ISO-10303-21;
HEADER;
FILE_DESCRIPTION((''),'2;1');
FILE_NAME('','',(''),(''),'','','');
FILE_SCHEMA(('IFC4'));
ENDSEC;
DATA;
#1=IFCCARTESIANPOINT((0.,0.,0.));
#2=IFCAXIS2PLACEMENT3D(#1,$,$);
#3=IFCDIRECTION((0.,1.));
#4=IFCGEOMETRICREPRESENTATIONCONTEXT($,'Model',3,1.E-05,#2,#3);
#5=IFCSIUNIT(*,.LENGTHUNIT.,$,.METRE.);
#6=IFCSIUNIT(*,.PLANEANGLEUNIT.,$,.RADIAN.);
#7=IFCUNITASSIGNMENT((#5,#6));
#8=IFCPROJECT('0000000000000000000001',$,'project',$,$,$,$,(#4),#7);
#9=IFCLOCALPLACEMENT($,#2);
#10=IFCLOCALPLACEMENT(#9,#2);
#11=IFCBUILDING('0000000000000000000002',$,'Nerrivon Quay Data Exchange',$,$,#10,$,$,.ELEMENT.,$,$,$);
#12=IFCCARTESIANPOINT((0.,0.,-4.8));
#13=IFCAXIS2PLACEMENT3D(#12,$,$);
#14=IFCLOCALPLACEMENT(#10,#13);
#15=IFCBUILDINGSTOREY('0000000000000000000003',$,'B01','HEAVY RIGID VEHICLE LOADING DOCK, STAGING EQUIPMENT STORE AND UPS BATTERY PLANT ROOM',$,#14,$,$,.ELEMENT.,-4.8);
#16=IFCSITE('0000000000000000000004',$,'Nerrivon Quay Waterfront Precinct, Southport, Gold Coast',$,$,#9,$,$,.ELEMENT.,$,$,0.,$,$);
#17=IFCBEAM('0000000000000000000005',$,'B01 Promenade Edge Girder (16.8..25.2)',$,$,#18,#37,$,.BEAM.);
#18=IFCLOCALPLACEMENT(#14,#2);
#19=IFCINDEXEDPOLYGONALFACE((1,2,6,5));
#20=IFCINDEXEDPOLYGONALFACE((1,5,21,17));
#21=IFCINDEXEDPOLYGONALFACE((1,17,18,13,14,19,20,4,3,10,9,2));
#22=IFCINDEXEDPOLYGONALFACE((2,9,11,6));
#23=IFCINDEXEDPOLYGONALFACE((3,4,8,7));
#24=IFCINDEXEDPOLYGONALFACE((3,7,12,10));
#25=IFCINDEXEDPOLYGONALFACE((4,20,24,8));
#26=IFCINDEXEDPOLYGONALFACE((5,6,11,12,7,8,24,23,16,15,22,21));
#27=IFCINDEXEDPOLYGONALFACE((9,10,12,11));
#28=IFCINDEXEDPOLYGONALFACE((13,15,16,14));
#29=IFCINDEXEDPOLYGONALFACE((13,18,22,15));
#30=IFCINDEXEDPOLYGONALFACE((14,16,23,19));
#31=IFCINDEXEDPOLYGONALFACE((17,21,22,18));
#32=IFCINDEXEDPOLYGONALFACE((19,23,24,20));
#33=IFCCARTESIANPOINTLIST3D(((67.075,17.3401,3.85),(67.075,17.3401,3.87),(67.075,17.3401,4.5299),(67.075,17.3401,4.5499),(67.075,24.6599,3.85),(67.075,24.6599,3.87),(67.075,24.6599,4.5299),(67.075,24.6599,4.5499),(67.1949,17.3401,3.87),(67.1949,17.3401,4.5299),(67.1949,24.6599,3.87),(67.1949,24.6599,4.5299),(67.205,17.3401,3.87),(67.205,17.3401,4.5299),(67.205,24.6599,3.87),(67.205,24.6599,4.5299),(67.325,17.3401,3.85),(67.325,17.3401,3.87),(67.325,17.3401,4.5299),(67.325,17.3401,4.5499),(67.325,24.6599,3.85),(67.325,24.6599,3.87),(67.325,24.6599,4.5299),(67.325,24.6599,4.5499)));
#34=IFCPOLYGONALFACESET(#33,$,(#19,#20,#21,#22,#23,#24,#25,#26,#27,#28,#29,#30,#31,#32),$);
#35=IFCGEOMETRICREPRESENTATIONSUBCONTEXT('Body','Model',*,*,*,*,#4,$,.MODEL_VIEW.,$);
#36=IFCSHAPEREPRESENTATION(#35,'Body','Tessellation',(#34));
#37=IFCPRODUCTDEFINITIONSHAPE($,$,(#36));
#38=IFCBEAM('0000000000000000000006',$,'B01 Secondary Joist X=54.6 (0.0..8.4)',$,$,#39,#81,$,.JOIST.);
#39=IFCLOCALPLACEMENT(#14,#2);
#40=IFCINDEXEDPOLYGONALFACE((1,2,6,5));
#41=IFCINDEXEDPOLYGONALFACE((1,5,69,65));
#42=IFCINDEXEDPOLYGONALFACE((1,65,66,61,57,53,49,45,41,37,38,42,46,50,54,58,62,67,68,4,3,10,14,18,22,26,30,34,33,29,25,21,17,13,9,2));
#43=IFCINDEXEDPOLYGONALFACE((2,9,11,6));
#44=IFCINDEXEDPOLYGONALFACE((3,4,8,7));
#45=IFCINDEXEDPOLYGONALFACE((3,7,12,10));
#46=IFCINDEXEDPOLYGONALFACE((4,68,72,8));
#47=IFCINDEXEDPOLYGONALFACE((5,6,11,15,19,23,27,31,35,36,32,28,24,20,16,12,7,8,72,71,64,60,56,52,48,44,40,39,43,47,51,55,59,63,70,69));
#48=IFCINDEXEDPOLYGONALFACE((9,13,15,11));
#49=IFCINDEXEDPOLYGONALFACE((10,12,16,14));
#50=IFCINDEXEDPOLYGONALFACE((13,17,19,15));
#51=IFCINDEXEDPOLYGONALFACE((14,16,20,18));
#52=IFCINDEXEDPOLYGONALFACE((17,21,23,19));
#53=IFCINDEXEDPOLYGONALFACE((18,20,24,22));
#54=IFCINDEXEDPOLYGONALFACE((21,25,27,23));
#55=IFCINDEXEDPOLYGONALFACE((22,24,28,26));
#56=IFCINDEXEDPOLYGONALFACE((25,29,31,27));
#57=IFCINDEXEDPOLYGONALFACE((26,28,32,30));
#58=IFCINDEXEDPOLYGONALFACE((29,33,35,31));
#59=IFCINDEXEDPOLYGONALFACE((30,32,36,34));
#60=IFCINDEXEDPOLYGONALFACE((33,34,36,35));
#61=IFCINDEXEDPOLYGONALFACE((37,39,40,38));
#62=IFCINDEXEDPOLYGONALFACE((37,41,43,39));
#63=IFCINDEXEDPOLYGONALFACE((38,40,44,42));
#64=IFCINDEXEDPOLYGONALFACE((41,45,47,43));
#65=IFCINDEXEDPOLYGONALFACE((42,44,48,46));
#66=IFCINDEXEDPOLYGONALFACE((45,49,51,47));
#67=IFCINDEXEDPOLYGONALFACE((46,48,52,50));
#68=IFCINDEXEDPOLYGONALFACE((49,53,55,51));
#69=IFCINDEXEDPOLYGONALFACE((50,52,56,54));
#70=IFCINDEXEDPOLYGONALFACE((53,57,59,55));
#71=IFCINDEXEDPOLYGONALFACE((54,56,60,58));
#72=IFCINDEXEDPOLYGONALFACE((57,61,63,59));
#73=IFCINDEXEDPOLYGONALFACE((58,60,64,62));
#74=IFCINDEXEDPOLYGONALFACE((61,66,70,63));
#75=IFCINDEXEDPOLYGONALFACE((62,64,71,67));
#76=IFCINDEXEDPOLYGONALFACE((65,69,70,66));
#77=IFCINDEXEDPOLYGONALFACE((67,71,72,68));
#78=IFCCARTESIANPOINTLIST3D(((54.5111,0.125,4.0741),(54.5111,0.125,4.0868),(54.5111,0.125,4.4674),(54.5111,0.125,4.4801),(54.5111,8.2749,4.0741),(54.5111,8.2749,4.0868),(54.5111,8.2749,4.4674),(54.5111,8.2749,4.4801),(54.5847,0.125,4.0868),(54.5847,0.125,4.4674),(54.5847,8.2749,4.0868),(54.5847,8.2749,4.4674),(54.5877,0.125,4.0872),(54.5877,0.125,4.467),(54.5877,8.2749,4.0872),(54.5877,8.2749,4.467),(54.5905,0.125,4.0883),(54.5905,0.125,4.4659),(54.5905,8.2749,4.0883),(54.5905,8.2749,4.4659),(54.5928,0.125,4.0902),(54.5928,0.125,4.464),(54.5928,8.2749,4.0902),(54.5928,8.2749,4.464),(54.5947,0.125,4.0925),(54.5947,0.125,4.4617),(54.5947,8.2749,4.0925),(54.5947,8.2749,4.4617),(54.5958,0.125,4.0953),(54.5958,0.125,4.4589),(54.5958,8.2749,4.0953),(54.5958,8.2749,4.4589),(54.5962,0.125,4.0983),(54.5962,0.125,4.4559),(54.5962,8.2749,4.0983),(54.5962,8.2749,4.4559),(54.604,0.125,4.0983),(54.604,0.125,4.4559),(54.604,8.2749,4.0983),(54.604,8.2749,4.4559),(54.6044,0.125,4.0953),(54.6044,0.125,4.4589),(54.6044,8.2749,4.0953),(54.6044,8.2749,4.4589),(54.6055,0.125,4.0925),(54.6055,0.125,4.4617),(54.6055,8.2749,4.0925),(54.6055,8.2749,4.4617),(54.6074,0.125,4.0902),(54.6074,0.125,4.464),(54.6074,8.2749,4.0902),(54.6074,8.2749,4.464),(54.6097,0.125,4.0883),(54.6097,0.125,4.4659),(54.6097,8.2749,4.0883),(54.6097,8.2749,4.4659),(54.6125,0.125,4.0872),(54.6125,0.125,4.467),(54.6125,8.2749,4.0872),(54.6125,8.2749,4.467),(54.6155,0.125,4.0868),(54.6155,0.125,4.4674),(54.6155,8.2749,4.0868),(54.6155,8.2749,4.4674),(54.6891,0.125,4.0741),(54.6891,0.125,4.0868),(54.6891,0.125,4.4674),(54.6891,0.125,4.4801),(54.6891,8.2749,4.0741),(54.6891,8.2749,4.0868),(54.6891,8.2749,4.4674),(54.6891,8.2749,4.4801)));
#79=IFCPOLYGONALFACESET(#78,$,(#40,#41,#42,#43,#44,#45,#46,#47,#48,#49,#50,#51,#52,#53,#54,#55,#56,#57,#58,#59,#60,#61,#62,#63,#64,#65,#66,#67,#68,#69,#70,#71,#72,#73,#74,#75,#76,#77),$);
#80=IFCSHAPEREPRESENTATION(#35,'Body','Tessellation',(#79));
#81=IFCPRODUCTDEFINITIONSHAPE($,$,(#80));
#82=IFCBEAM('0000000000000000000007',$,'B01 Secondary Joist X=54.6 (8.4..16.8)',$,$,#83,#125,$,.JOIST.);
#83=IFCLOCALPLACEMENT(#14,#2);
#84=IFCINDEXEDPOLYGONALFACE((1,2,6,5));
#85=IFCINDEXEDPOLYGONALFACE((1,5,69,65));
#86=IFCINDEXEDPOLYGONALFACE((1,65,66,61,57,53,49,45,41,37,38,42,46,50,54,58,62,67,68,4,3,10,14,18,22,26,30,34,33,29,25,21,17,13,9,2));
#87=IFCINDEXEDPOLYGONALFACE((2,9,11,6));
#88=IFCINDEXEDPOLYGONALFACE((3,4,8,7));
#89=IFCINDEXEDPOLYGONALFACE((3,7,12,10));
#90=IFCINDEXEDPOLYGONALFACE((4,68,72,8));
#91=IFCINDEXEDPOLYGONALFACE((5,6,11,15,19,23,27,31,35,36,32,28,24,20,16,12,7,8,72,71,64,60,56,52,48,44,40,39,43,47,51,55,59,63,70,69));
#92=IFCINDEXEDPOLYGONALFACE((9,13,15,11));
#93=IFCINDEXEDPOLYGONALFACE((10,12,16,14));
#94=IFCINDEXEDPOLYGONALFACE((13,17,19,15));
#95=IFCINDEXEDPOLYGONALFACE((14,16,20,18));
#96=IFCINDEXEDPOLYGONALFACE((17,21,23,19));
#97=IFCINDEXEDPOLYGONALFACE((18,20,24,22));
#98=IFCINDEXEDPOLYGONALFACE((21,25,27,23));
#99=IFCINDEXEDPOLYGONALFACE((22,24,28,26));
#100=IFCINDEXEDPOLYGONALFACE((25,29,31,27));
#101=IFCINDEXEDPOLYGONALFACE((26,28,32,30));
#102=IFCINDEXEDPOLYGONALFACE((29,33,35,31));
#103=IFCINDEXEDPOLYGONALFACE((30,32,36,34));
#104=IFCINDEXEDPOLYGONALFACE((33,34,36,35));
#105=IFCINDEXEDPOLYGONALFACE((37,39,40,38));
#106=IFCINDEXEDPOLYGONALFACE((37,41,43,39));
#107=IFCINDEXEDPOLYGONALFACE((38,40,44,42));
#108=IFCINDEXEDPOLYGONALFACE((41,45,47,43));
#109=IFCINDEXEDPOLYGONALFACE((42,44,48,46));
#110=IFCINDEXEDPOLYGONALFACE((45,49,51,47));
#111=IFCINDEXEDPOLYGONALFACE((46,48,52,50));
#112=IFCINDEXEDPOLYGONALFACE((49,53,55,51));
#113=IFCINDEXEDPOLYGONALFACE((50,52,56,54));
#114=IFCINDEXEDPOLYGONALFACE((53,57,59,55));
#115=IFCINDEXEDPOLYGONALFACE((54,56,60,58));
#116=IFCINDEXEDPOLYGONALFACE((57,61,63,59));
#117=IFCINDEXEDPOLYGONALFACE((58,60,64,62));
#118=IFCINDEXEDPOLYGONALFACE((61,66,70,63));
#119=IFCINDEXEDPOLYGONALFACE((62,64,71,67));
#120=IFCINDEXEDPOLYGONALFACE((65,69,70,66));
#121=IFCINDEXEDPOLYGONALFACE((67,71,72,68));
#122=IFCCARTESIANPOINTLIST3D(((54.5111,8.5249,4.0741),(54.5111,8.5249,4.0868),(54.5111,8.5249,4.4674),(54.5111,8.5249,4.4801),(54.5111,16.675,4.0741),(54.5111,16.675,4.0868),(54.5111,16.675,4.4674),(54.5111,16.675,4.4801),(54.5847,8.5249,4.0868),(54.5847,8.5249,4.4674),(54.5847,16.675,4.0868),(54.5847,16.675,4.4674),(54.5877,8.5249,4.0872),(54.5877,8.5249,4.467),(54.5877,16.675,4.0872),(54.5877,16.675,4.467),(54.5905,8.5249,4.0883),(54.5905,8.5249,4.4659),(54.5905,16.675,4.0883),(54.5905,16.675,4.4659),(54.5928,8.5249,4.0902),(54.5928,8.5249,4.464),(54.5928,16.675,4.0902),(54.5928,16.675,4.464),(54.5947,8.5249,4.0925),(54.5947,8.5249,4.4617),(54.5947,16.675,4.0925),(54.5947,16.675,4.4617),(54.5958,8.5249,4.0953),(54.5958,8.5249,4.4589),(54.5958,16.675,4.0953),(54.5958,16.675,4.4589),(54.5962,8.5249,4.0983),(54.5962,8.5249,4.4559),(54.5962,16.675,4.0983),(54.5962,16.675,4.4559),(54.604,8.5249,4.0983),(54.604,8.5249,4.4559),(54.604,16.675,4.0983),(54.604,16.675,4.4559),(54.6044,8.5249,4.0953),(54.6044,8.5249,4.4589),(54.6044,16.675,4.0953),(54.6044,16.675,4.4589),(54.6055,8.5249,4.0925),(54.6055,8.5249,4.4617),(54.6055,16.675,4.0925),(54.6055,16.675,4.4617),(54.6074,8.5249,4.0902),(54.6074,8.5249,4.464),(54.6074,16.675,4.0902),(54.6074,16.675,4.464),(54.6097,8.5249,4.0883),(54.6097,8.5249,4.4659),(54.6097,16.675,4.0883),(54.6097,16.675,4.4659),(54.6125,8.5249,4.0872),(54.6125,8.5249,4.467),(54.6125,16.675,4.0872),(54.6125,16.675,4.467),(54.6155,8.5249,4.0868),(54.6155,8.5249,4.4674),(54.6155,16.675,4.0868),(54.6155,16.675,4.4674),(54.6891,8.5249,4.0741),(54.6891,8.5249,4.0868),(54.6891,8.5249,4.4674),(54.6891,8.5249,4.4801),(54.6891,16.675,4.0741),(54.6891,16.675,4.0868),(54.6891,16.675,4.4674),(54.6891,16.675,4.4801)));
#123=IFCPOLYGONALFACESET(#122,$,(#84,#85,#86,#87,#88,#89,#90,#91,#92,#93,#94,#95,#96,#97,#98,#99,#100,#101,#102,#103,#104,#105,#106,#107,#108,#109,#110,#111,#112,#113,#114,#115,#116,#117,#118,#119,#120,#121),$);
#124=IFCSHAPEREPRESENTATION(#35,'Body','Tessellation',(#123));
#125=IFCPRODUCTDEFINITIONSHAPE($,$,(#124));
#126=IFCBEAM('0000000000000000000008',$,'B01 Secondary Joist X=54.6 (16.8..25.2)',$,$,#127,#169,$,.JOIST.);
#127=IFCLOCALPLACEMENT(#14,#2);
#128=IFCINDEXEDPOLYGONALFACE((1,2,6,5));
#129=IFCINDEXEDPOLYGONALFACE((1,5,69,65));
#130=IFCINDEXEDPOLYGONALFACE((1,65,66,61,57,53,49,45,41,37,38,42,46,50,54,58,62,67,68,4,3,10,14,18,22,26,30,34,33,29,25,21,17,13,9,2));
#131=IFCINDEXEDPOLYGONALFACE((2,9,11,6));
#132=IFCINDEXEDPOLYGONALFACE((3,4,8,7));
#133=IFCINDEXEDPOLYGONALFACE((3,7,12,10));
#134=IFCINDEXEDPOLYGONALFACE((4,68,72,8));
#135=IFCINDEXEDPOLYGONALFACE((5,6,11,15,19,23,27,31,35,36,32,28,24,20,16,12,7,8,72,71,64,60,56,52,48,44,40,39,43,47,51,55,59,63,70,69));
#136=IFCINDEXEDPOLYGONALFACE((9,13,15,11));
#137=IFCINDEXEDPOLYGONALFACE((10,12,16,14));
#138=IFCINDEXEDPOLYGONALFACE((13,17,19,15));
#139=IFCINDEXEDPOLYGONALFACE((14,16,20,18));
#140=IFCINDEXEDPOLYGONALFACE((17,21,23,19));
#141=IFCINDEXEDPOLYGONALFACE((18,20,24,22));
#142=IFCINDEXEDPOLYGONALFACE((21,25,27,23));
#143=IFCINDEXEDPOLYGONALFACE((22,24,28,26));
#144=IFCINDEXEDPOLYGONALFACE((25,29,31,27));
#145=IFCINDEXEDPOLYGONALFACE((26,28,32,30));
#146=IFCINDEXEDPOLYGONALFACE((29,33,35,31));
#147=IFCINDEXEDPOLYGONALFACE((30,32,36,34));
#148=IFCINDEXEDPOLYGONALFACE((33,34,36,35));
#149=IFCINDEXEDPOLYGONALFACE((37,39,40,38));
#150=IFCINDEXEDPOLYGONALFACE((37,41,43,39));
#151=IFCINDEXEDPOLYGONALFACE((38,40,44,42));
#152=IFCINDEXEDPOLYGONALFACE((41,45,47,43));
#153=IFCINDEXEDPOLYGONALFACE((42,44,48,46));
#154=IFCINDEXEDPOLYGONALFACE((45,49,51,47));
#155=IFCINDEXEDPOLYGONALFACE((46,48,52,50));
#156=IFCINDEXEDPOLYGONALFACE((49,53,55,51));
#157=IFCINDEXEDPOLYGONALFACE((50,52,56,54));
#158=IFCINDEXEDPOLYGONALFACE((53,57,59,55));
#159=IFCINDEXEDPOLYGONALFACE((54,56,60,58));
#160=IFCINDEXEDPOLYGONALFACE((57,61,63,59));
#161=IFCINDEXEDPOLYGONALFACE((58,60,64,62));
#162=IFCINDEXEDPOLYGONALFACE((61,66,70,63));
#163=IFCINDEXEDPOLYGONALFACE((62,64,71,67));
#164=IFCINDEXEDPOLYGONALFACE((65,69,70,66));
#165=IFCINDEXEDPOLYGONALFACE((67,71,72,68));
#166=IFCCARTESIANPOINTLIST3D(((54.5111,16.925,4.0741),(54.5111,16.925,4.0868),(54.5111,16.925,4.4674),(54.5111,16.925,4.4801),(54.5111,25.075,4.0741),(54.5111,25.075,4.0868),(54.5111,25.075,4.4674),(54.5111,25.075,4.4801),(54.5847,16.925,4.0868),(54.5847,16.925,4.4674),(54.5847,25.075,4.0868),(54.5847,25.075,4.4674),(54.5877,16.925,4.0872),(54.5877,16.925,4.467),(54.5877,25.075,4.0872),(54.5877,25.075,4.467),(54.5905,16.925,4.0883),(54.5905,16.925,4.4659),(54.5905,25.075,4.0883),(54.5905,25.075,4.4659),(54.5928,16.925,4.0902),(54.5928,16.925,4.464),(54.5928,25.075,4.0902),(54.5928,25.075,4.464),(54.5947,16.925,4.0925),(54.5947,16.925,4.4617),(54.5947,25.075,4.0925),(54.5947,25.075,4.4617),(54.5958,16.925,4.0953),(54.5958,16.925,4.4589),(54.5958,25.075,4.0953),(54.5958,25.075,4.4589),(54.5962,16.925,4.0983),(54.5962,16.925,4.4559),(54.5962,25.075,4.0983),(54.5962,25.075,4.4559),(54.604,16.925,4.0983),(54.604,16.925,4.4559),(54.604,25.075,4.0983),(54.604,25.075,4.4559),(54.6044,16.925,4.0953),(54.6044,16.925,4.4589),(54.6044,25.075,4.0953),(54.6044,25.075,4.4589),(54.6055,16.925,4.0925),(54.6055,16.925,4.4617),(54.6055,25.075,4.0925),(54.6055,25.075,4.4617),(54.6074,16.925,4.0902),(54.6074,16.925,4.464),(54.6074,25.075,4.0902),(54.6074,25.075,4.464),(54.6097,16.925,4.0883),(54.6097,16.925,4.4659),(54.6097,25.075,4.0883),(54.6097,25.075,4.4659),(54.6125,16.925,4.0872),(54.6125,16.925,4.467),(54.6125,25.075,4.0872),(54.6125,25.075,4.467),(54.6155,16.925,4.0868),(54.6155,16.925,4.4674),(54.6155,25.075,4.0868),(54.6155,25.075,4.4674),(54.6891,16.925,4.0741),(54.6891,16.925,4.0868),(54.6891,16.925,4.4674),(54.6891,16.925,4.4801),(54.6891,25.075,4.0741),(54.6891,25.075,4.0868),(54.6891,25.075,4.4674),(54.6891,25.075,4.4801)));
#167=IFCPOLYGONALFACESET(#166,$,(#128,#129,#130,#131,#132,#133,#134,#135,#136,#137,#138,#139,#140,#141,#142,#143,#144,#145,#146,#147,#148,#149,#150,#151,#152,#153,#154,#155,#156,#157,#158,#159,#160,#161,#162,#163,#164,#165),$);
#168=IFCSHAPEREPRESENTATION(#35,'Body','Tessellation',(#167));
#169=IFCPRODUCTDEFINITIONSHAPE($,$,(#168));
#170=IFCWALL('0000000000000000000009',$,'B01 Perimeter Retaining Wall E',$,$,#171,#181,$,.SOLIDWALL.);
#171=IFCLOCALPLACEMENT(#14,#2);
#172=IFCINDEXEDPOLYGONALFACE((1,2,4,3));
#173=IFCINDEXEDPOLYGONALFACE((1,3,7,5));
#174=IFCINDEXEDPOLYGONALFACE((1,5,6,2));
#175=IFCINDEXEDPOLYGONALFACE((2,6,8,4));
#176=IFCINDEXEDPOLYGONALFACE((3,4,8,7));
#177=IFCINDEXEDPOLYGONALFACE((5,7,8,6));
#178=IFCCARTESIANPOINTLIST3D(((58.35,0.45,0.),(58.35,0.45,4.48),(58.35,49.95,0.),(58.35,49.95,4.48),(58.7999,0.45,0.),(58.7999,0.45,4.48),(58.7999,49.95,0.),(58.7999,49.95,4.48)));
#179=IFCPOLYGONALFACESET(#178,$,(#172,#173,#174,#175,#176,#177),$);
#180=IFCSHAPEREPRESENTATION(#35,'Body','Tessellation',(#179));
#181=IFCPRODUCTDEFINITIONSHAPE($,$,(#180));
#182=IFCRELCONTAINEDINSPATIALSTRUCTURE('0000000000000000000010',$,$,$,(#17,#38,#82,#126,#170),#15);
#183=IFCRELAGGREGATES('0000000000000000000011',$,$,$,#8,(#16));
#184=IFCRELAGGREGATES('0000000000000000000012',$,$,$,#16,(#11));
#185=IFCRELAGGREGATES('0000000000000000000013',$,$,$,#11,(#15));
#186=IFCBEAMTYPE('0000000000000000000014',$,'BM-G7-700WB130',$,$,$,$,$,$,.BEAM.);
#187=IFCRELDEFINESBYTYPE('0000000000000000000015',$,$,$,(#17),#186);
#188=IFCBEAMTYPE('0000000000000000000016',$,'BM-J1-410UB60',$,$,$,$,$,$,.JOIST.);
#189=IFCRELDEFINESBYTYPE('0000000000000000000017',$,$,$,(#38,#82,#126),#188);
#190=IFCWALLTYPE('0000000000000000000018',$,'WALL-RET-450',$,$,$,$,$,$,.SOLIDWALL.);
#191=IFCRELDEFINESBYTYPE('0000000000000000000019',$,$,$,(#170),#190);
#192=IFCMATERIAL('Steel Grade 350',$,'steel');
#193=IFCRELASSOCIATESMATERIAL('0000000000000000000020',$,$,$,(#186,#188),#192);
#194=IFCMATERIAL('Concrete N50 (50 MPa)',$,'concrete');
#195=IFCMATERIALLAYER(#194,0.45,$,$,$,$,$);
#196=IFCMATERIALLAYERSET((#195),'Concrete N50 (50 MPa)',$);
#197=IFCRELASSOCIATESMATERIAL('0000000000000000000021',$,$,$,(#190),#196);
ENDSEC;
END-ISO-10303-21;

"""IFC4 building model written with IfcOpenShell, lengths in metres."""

from ifc_helpers import new_model, si_unit, direction, frame, frame_2d, origin, origin_2d, place, context, subcontext, project, spatial, rectangle, i_section, extrude, material, layer, layer_set, material_profile, profile_set, type_object, element, save


model = new_model("IFC4")

# Units and contexts
model_context = context("Model", 3, precision=1e-05, world=origin(), true_north=direction((0.0, 1.0)))
body_context = subcontext(model_context, "Body", "Model", "MODEL_VIEW")
ifc_project = project(units=[si_unit("LENGTHUNIT", "METRE"), si_unit("PLANEANGLEUNIT", "RADIAN")], contexts=[model_context])

# Site, building, storey
site_placement = place(None, origin())
site = spatial("IfcSite", under=ifc_project, at=site_placement, Name="Nerrivon Quay Waterfront Precinct, Southport, Gold Coast", CompositionType="ELEMENT", RefElevation=0.0)
building_placement = place(site_placement, origin())
building = spatial("IfcBuilding", under=site, at=building_placement, Name="Nerrivon Quay Data Exchange", CompositionType="ELEMENT")
storey_placement = place(building_placement, frame((0.0, 0.0, -4.8)))
storey = spatial("IfcBuildingStorey", under=building, at=storey_placement, Name="B01", Description="HEAVY RIGID VEHICLE LOADING DOCK, STAGING EQUIPMENT STORE AND UPS BATTERY PLANT ROOM", CompositionType="ELEMENT", Elevation=-4.8)

# Beams
ifc_material_1 = material(Name="Steel Grade 350", Category="steel")
ifc_material_profile_1 = material_profile(ifc_material_1, i_section(OverallWidth=0.25, OverallDepth=0.7, WebThickness=0.01, FlangeThickness=0.02, at=origin_2d()), Name="700WB130")
ifc_profile_set_1 = profile_set([ifc_material_profile_1], Name="Steel Grade 350")
beam_type_1 = type_object("IfcBeamType", Name="BM-G7-700WB130", PredefinedType="BEAM", material=ifc_profile_set_1)
beam_1_placement = place(storey_placement, frame((67.2, 17.3401, 4.2), z_axis=(0.0, 1.0, 0.0), x_axis=(-1.0, 0.0, 0.0)))
element("IfcBeam", 1, at=beam_1_placement, inside=storey, type_object=beam_type_1, Name="B01 Promenade Edge Girder (16.8..25.2)", PredefinedType="BEAM", context=body_context, shape_type="SweptSolid", body=[
    extrude(i_section(OverallWidth=0.25, OverallDepth=0.7, WebThickness=0.01, FlangeThickness=0.02, at=origin_2d()), origin(), (0.0, 0.0, 1.0), 7.3198),
])
ifc_material_profile_2 = material_profile(ifc_material_1, i_section(OverallWidth=0.178, OverallDepth=0.406, WebThickness=0.0078, FlangeThickness=0.0127, FilletRadius=0.0115, at=origin_2d()), Name="410UB59.7")
ifc_profile_set_2 = profile_set([ifc_material_profile_2], Name="Steel Grade 350")
beam_type_2 = type_object("IfcBeamType", Name="BM-J1-410UB60", PredefinedType="JOIST", material=ifc_profile_set_2)
beam_2_placement = place(storey_placement, frame((54.6001, 0.125, 4.2771), z_axis=(0.0, 1.0, 0.0), x_axis=(-1.0, 0.0, 0.0)))
element("IfcBeam", 2, at=beam_2_placement, inside=storey, type_object=beam_type_2, Name="B01 Secondary Joist X=54.6 (0.0..8.4)", PredefinedType="JOIST", context=body_context, shape_type="SweptSolid", body=[
    extrude(i_section(OverallWidth=0.178, OverallDepth=0.406, WebThickness=0.0078, FlangeThickness=0.0127, FilletRadius=0.0115, at=origin_2d()), origin(), (0.0, 0.0, 1.0), 8.1499),
])
beam_3_placement = place(storey_placement, frame((54.6001, 8.5249, 4.2771), z_axis=(0.0, 1.0, 0.0), x_axis=(-1.0, 0.0, 0.0)))
element("IfcBeam", 3, at=beam_3_placement, inside=storey, type_object=beam_type_2, Name="B01 Secondary Joist X=54.6 (8.4..16.8)", PredefinedType="JOIST", context=body_context, shape_type="SweptSolid", body=[
    extrude(i_section(OverallWidth=0.178, OverallDepth=0.406, WebThickness=0.0078, FlangeThickness=0.0127, FilletRadius=0.0115, at=origin_2d()), origin(), (0.0, 0.0, 1.0), 8.1501),
])
beam_4_placement = place(storey_placement, frame((54.6001, 16.925, 4.2771), z_axis=(0.0, 1.0, 0.0), x_axis=(-1.0, 0.0, 0.0)))
element("IfcBeam", 4, at=beam_4_placement, inside=storey, type_object=beam_type_2, Name="B01 Secondary Joist X=54.6 (16.8..25.2)", PredefinedType="JOIST", context=body_context, shape_type="SweptSolid", body=[
    extrude(i_section(OverallWidth=0.178, OverallDepth=0.406, WebThickness=0.0078, FlangeThickness=0.0127, FilletRadius=0.0115, at=origin_2d()), origin(), (0.0, 0.0, 1.0), 8.1499),
])

# Wall
ifc_material_2 = material(Name="Concrete N50 (50 MPa)", Category="concrete")
ifc_layer = layer(ifc_material_2, 0.45)
ifc_layer_set = layer_set([ifc_layer], Name="Concrete N50 (50 MPa)")
wall_type = type_object("IfcWallType", Name="WALL-RET-450", PredefinedType="SOLIDWALL", material=ifc_layer_set)
wall_placement = place(storey_placement, frame((58.575, 0.45, 0.0), z_axis=(0.0, 0.0, 1.0), x_axis=(0.0, 1.0, 0.0)))
element("IfcWall", 5, at=wall_placement, inside=storey, type_object=wall_type, Name="B01 Perimeter Retaining Wall E", PredefinedType="SOLIDWALL", context=body_context, shape_type="SweptSolid", body=[
    extrude(rectangle(XDim=49.5, YDim=0.45, at=frame_2d((24.75, 0.0))), origin(), (0.0, 0.0, 1.0), 4.48),
])

save(model, "model.ifc")
